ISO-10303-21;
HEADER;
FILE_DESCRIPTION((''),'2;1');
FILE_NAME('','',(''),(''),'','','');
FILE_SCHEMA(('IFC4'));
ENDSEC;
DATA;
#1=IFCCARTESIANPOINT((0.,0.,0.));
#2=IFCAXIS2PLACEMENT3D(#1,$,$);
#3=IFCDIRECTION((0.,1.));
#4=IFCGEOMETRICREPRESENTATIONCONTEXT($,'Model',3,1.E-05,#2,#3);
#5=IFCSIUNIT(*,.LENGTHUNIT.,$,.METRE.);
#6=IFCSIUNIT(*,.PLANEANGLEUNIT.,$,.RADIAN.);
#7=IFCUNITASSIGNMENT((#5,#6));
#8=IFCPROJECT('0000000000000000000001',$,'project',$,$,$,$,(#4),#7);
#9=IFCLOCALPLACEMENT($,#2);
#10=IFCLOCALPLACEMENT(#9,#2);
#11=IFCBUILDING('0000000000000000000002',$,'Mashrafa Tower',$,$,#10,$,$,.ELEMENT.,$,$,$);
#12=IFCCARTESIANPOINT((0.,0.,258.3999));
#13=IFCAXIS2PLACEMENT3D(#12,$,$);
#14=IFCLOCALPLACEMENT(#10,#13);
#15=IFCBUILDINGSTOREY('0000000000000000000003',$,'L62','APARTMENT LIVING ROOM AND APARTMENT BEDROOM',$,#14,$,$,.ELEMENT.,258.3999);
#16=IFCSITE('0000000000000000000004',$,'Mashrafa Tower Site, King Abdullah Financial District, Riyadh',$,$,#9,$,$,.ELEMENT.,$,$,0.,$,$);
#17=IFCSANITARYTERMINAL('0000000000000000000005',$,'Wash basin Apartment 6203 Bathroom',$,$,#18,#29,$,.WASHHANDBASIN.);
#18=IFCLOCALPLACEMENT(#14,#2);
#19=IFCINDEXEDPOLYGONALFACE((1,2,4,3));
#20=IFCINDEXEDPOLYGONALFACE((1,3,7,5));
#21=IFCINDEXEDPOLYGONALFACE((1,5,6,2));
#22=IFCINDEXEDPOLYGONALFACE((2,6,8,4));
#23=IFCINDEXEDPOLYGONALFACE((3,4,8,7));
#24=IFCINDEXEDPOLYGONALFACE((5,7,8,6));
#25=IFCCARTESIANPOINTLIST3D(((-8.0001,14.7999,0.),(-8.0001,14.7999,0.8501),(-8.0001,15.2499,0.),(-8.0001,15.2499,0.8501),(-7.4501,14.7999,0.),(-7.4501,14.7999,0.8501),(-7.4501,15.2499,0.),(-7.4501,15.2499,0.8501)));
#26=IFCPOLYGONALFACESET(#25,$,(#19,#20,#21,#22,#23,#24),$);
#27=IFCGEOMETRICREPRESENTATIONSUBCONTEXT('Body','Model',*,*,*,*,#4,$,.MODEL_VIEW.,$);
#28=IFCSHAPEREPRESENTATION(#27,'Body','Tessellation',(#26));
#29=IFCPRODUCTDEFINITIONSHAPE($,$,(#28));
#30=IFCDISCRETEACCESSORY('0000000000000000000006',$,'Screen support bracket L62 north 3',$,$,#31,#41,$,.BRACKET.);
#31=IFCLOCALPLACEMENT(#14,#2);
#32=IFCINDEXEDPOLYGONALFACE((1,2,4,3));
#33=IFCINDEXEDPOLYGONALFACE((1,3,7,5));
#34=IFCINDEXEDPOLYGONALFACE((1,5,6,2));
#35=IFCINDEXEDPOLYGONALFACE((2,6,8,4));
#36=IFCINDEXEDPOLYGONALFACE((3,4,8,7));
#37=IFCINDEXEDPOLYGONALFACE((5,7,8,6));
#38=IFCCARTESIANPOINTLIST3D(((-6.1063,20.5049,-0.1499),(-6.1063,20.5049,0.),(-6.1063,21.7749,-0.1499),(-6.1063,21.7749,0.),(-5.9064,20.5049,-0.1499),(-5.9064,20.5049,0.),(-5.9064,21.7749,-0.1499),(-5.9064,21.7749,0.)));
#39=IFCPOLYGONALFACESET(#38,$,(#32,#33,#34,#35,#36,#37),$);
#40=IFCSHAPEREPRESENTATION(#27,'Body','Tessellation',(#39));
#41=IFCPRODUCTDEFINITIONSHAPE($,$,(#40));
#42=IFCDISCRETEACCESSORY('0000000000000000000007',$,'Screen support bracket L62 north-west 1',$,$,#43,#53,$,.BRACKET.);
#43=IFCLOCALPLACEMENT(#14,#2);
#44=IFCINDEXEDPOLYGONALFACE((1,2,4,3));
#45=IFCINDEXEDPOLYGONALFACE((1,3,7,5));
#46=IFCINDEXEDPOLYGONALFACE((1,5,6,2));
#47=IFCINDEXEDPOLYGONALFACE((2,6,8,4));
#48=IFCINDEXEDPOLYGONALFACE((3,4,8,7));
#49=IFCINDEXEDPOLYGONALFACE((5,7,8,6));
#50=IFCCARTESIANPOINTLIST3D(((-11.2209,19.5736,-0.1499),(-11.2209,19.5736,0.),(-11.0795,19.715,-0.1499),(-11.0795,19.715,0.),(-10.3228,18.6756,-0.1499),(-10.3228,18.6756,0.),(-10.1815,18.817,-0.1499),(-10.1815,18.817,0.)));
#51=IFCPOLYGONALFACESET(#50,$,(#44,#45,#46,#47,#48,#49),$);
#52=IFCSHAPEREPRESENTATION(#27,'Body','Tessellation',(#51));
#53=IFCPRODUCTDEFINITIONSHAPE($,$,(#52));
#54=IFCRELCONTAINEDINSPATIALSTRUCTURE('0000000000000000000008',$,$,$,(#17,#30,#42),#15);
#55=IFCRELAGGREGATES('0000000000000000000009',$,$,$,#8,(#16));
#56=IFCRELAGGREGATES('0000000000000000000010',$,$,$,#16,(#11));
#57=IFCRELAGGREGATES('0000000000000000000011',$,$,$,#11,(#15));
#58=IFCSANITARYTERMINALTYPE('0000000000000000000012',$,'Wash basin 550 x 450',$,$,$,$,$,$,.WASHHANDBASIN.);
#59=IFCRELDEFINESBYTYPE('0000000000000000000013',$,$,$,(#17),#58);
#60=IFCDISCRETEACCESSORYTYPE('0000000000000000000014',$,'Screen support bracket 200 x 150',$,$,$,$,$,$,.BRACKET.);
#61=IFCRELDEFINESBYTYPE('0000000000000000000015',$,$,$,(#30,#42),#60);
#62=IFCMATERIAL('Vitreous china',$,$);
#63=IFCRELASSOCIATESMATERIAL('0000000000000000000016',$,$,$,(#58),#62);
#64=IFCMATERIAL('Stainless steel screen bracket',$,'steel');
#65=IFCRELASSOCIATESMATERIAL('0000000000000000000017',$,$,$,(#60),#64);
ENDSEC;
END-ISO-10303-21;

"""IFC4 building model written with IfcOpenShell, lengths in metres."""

from ifc_helpers import new_model, si_unit, direction, frame, origin, origin_2d, place, context, subcontext, project, spatial, rectangle, extrude, source, transform, mapped, material, type_object, type_shapes, element, save


model = new_model("IFC4")

# Units and contexts
model_context = context("Model", 3, precision=1e-05, world=origin(), true_north=direction((0.0, 1.0)))
body_context = subcontext(model_context, "Body", "Model", "MODEL_VIEW")
ifc_project = project(units=[si_unit("LENGTHUNIT", "METRE"), si_unit("PLANEANGLEUNIT", "RADIAN")], contexts=[model_context])

# Site, building, storey
site_placement = place(None, origin())
site = spatial("IfcSite", under=ifc_project, at=site_placement, Name="Mashrafa Tower Site, King Abdullah Financial District, Riyadh", CompositionType="ELEMENT", RefElevation=0.0)
building_placement = place(site_placement, origin())
building = spatial("IfcBuilding", under=site, at=building_placement, Name="Mashrafa Tower", CompositionType="ELEMENT")
storey_placement = place(building_placement, frame((0.0, 0.0, 258.3999)))
storey = spatial("IfcBuildingStorey", under=building, at=storey_placement, Name="L62", Description="APARTMENT LIVING ROOM AND APARTMENT BEDROOM", CompositionType="ELEMENT", Elevation=258.3999)

# Sanitary terminal
ifc_material_1 = material(Name="Vitreous china")
sanitary_terminal_type_1 = type_object("IfcSanitaryTerminalType", Name="Wash basin 550 x 450", PredefinedType="WASHHANDBASIN", material=ifc_material_1)
sanitary_terminal_1_placement = place(storey_placement, frame((-7.7251, 15.0249, 0.0), z_axis=(0.0, 0.0, 1.0), x_axis=(-1.0, 0.0, 0.0)))
element("IfcSanitaryTerminal", 1, at=sanitary_terminal_1_placement, inside=storey, type_object=sanitary_terminal_type_1, Name="Wash basin Apartment 6203 Bathroom", PredefinedType="WASHHANDBASIN", context=body_context, shape_type="SweptSolid", body=[
    extrude(rectangle(XDim=0.55, YDim=0.45, at=origin_2d()), origin(), (0.0, 0.0, 1.0), 0.8501),
])

# Discrete accessories
ifc_material_2 = material(Name="Stainless steel screen bracket", Category="steel")
discrete_accessory_type = type_object("IfcDiscreteAccessoryType", Name="Screen support bracket 200 x 150", PredefinedType="BRACKET", material=ifc_material_2)
shared_shape_1 = source(origin(), body_context, "Body", "SweptSolid", [
    extrude(rectangle(XDim=0.2, YDim=1.27, at=origin_2d()), origin(), (0.0, 0.0, 1.0), 0.1499),
])
type_shapes(discrete_accessory_type, [shared_shape_1])
for number, where, z_axis, x_axis, name in (
    (2, (-6.0063, 21.1399, -0.1499), (0.0, 0.0, 1.0), (-1.0, 0.0, 0.0), "Screen support bracket L62 north 3"),
    (3, (-10.7012, 19.1953, -0.1499), (0.0, 0.0, 1.0), (-0.707107, -0.707107, 0.0), "Screen support bracket L62 north-west 1"),
):
    element("IfcDiscreteAccessory", number, at=place(storey_placement, frame(where, z_axis=z_axis, x_axis=x_axis)), inside=storey, type_object=discrete_accessory_type, Name=name, PredefinedType="BRACKET", context=body_context, shape_type="MappedRepresentation", body=[
        mapped(shared_shape_1, transform((0.0, 0.0, 0.0))),
    ])

save(model, "model.ifc")
